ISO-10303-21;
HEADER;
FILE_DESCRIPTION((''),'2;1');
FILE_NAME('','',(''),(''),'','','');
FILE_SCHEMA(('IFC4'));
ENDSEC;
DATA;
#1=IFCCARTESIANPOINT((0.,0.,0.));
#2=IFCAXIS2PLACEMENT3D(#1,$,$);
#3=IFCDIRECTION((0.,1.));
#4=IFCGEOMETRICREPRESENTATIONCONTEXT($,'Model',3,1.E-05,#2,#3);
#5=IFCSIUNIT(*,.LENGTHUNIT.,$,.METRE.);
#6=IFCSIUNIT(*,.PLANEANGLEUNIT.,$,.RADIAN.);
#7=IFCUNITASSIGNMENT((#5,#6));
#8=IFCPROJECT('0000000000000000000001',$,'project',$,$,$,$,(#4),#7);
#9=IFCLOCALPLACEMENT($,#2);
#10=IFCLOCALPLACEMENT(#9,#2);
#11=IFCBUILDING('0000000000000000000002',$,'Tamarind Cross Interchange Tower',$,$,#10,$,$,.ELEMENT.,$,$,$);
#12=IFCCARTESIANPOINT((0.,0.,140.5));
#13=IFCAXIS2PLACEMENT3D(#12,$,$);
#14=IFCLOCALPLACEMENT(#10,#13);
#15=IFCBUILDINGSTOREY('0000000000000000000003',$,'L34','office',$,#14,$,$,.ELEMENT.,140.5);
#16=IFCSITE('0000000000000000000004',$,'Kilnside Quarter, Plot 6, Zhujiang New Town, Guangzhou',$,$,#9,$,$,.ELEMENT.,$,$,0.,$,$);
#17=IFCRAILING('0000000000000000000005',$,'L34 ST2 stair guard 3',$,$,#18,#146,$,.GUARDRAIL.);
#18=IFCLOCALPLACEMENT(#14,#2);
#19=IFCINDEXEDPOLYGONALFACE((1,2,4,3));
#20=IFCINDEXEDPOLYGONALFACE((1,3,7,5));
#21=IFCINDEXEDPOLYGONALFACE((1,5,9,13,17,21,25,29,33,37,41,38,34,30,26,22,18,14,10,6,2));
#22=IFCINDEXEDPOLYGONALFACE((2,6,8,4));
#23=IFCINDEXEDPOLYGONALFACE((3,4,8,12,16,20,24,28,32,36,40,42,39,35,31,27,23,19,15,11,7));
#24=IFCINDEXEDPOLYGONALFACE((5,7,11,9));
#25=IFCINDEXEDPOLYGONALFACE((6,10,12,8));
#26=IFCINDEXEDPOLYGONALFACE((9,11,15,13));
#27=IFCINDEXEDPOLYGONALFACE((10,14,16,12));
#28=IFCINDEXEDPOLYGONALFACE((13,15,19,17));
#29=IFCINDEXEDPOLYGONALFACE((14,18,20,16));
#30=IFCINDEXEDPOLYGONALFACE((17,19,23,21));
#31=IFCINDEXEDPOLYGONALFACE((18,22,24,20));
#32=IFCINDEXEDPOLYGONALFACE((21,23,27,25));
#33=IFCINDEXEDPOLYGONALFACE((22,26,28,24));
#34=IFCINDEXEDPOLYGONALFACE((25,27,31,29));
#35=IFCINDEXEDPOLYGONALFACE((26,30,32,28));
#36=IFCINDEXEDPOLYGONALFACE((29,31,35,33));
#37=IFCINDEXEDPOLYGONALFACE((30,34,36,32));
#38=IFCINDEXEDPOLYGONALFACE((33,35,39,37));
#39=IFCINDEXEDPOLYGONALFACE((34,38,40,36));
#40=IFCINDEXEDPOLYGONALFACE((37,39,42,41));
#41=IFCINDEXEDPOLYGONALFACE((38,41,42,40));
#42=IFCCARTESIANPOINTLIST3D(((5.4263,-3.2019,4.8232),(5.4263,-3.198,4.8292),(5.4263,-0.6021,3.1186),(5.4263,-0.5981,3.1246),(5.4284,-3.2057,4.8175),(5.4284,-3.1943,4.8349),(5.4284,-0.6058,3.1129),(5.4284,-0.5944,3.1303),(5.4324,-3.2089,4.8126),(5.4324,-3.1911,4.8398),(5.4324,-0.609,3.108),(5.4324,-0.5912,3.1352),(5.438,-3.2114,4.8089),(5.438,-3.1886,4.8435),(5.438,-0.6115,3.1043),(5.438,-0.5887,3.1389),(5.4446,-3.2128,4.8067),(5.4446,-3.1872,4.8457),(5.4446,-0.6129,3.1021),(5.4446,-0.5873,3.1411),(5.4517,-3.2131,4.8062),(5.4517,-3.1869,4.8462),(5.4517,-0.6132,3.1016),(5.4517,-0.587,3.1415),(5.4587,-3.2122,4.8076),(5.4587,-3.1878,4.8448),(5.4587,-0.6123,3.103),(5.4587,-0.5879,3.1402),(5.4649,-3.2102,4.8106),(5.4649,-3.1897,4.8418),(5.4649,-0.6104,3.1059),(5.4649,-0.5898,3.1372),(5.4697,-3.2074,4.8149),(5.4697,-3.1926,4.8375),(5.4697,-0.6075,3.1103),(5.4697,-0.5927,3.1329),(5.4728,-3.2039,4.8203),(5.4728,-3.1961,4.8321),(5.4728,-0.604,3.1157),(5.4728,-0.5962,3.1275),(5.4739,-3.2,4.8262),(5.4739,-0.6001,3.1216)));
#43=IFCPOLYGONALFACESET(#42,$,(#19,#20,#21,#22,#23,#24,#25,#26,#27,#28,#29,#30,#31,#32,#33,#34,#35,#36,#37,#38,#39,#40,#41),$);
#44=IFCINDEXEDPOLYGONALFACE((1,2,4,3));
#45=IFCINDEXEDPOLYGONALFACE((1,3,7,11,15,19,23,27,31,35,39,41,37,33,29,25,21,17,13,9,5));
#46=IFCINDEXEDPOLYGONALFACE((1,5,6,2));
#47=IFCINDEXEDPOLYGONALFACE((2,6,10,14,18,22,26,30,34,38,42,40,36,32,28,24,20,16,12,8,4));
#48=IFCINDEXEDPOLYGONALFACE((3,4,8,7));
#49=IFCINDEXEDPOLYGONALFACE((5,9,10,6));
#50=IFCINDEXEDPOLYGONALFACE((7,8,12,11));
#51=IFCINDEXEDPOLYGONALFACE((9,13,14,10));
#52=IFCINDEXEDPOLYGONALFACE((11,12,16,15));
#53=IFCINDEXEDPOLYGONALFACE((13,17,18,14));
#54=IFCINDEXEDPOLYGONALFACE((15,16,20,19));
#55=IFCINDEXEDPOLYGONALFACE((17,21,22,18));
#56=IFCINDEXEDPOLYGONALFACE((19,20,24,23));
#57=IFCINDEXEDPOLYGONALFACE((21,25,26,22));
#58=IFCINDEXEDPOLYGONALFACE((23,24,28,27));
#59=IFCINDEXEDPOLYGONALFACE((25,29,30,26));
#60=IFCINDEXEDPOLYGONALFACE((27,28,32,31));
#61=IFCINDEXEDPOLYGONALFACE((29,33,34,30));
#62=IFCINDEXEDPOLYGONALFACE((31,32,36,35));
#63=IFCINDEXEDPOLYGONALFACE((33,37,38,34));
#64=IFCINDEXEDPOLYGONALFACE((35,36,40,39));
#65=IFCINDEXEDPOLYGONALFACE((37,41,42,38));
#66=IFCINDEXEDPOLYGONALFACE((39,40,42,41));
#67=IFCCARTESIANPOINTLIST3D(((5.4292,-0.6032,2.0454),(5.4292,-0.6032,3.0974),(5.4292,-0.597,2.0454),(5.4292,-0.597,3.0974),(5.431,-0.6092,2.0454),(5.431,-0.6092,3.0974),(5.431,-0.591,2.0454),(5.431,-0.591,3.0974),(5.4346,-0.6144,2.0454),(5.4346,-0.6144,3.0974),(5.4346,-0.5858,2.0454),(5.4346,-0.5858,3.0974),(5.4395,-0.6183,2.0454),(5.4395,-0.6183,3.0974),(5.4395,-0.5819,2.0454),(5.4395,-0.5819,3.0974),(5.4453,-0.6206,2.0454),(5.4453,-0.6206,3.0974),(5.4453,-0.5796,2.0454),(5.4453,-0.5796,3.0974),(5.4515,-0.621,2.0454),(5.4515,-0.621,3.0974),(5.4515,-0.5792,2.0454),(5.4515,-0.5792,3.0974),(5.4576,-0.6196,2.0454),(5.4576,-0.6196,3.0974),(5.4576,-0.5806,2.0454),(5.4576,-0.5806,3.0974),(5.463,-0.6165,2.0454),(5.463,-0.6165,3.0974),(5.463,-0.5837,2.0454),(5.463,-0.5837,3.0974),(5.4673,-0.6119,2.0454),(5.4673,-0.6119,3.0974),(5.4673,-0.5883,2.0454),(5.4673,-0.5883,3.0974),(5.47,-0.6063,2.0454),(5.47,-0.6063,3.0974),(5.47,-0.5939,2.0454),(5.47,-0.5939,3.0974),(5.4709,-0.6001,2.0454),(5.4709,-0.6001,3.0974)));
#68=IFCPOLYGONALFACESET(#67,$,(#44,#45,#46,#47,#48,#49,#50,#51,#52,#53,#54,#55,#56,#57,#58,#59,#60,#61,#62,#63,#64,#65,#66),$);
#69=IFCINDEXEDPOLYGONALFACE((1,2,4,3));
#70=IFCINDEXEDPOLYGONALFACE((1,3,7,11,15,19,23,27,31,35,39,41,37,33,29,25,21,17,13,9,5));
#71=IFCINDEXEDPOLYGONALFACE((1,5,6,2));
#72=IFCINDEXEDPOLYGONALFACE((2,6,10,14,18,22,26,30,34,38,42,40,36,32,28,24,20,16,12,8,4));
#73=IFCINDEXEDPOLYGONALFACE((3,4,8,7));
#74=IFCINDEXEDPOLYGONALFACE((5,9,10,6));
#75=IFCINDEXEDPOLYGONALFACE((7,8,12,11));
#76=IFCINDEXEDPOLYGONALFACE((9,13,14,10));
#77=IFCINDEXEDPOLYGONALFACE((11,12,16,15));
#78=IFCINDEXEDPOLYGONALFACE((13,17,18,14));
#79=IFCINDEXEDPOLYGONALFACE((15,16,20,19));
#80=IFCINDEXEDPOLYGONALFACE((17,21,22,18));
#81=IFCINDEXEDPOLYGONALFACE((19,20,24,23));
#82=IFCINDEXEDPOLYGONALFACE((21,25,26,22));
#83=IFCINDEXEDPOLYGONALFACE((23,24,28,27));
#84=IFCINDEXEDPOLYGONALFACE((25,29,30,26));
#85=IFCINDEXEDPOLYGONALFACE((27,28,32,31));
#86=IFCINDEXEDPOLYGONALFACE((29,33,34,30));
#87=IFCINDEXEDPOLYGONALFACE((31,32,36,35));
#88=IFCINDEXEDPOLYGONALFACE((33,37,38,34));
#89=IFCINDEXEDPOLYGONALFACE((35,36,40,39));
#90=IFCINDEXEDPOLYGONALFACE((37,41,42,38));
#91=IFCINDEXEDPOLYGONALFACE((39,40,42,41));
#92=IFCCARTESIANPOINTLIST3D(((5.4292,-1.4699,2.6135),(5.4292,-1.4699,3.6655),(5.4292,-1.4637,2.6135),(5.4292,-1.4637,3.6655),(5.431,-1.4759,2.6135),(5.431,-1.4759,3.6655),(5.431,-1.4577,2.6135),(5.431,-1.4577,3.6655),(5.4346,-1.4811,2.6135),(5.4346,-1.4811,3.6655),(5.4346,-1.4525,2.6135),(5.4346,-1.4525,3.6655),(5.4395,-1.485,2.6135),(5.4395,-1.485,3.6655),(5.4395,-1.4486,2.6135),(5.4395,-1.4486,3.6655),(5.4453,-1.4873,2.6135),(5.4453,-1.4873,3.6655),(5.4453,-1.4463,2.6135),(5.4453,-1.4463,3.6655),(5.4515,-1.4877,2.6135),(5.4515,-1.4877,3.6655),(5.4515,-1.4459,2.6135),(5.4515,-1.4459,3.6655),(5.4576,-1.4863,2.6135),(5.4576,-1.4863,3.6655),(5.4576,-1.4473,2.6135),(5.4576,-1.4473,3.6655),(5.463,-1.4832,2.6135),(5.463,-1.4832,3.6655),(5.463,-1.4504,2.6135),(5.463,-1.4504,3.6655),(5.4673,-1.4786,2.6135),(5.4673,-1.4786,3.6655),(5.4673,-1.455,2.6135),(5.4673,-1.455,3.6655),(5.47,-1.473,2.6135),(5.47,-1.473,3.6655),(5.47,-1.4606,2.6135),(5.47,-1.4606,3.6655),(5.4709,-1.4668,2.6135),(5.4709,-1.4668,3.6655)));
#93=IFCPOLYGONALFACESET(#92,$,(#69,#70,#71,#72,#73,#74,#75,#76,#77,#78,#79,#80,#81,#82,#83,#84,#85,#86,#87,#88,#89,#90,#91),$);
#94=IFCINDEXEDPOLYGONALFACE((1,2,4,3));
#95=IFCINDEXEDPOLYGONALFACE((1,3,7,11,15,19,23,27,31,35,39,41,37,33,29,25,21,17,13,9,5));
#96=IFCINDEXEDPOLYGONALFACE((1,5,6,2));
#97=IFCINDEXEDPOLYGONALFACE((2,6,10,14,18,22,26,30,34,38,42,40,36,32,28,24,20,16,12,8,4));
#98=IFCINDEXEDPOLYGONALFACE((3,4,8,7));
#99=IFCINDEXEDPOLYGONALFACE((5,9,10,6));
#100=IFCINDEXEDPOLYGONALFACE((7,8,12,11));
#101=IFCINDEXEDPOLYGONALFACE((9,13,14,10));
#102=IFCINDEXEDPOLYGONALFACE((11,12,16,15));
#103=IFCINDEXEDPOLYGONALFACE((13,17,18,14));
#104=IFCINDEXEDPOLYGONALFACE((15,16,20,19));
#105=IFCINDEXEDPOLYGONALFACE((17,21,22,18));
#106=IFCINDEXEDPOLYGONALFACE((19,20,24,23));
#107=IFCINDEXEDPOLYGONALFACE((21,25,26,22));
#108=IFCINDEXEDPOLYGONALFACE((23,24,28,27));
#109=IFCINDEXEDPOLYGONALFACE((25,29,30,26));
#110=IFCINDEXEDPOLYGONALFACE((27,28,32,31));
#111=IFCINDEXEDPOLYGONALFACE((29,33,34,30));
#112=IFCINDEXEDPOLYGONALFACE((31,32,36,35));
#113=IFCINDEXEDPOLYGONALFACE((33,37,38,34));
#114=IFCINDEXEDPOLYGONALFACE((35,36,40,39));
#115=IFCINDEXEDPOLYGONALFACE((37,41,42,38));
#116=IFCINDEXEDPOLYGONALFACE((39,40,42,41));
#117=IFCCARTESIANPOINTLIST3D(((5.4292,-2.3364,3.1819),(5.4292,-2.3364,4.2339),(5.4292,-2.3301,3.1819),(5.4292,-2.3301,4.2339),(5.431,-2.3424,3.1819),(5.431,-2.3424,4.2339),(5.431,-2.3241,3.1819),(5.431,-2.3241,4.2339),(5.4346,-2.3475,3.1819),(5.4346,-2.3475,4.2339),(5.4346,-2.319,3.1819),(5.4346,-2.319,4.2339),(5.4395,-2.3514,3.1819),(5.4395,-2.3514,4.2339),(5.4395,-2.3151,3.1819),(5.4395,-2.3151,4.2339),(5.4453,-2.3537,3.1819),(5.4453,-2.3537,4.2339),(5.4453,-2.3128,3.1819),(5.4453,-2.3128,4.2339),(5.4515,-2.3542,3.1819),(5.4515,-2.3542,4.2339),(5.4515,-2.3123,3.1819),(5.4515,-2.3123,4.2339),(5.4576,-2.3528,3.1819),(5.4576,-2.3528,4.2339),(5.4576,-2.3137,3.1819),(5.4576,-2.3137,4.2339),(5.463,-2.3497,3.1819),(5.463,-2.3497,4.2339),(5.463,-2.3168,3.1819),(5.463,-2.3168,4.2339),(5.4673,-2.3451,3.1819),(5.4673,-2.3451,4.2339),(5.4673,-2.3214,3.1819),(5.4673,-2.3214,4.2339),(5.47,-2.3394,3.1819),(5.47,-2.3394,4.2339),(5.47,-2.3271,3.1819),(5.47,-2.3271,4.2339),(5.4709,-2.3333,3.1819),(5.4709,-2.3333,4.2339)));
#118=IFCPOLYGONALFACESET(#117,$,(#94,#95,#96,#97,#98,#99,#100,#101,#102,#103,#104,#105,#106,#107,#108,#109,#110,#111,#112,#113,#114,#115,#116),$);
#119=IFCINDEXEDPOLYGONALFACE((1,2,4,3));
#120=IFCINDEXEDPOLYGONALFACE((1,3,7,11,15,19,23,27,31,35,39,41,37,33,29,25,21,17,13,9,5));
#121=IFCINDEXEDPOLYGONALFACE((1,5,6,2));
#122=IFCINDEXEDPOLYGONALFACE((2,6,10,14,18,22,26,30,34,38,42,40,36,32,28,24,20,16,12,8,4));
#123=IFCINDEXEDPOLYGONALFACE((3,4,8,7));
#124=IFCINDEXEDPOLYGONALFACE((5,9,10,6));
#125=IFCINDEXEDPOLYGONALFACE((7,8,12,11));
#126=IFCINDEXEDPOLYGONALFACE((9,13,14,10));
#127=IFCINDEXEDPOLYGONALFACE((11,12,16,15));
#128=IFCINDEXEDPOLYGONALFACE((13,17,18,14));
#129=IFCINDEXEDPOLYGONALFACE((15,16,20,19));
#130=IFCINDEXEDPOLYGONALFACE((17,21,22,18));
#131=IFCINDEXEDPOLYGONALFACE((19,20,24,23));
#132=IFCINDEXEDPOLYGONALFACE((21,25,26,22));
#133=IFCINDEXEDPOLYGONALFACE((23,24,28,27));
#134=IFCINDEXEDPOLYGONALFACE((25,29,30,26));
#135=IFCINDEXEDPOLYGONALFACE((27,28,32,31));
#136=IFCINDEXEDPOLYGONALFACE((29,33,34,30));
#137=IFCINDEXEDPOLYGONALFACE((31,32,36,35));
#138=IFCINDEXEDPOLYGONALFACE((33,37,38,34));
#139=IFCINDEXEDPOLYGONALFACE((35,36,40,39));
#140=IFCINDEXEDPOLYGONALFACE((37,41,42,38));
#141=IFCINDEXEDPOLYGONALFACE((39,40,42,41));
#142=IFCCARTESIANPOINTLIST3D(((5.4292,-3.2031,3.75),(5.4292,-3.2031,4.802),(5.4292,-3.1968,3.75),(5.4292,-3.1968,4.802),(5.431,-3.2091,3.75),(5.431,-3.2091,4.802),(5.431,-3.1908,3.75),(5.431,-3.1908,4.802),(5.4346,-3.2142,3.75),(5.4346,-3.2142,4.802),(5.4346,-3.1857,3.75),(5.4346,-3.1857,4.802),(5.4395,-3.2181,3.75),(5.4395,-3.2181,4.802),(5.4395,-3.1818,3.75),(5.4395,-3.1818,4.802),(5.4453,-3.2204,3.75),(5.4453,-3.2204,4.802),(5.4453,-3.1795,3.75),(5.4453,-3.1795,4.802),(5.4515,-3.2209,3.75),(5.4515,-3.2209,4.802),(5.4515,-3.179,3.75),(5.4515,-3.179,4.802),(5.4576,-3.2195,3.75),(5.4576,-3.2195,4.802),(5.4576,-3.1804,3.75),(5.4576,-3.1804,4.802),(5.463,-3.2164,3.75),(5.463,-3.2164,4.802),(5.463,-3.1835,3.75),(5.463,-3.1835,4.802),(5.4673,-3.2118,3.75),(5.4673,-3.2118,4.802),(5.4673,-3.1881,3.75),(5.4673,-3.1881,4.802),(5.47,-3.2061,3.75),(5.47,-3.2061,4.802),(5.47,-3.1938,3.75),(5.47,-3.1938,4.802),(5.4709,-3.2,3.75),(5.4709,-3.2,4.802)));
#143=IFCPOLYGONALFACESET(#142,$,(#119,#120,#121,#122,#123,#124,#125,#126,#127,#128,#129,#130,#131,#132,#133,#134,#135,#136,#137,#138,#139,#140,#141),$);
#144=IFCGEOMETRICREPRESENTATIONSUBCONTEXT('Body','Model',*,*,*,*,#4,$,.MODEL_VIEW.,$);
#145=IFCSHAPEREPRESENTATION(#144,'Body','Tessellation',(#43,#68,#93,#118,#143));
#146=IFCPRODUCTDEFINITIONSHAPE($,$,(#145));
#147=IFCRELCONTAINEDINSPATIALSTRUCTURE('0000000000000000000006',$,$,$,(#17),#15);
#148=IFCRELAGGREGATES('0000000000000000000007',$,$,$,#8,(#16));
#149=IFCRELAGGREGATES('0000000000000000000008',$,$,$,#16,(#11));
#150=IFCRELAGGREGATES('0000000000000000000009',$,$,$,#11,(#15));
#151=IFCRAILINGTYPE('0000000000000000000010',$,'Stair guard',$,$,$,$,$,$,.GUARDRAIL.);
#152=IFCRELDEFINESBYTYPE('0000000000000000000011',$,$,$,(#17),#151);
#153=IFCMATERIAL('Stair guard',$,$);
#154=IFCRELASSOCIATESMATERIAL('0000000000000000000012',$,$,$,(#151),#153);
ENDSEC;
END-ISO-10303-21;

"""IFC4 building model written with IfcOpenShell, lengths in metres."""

from ifc_helpers import new_model, si_unit, direction, frame, origin, origin_2d, place, context, subcontext, project, spatial, circle, extrude, material, type_object, element, save


model = new_model("IFC4")

# Units and contexts
model_context = context("Model", 3, precision=1e-05, world=origin(), true_north=direction((0.0, 1.0)))
body_context = subcontext(model_context, "Body", "Model", "MODEL_VIEW")
ifc_project = project(units=[si_unit("LENGTHUNIT", "METRE"), si_unit("PLANEANGLEUNIT", "RADIAN")], contexts=[model_context])

# Site, building, storey
site_placement = place(None, origin())
site = spatial("IfcSite", under=ifc_project, at=site_placement, Name="Kilnside Quarter, Plot 6, Zhujiang New Town, Guangzhou", CompositionType="ELEMENT", RefElevation=0.0)
building_placement = place(site_placement, origin())
building = spatial("IfcBuilding", under=site, at=building_placement, Name="Tamarind Cross Interchange Tower", CompositionType="ELEMENT")
storey_placement = place(building_placement, frame((0.0, 0.0, 140.5)))
storey = spatial("IfcBuildingStorey", under=building, at=storey_placement, Name="L34", Description="office", CompositionType="ELEMENT", Elevation=140.5)

# Railing
ifc_material_1 = material(Name="Stair guard")
railing_type_1 = type_object("IfcRailingType", Name="Stair guard", PredefinedType="GUARDRAIL", material=ifc_material_1)
railing_1_placement = place(storey_placement, frame((5.45, -0.6001, 2.0454)))
element("IfcRailing", 1, at=railing_1_placement, inside=storey, type_object=railing_type_1, Name="L34 ST2 stair guard 3", PredefinedType="GUARDRAIL", context=body_context, shape_type="SweptSolid", body=[
    extrude(circle(Radius=0.0239, at=origin_2d()), frame((0.0, 0.0, 1.0762), z_axis=(0.0, -0.836279, 0.548305), x_axis=(1.0, 0.0, 0.0)), (0.0, 0.0, 1.0), 3.1089),
    extrude(circle(Radius=0.021, at=origin_2d()), origin(), (0.0, 0.0, 1.0), 1.052),
    extrude(circle(Radius=0.021, at=origin_2d()), frame((0.0, -0.8667, 0.5681)), (0.0, 0.0, 1.0), 1.052),
    extrude(circle(Radius=0.021, at=origin_2d()), frame((0.0, -1.7332, 1.1365)), (0.0, 0.0, 1.0), 1.052),
    extrude(circle(Radius=0.021, at=origin_2d()), frame((0.0, -2.5999, 1.7046)), (0.0, 0.0, 1.0), 1.052),
])

save(model, "model.ifc")
